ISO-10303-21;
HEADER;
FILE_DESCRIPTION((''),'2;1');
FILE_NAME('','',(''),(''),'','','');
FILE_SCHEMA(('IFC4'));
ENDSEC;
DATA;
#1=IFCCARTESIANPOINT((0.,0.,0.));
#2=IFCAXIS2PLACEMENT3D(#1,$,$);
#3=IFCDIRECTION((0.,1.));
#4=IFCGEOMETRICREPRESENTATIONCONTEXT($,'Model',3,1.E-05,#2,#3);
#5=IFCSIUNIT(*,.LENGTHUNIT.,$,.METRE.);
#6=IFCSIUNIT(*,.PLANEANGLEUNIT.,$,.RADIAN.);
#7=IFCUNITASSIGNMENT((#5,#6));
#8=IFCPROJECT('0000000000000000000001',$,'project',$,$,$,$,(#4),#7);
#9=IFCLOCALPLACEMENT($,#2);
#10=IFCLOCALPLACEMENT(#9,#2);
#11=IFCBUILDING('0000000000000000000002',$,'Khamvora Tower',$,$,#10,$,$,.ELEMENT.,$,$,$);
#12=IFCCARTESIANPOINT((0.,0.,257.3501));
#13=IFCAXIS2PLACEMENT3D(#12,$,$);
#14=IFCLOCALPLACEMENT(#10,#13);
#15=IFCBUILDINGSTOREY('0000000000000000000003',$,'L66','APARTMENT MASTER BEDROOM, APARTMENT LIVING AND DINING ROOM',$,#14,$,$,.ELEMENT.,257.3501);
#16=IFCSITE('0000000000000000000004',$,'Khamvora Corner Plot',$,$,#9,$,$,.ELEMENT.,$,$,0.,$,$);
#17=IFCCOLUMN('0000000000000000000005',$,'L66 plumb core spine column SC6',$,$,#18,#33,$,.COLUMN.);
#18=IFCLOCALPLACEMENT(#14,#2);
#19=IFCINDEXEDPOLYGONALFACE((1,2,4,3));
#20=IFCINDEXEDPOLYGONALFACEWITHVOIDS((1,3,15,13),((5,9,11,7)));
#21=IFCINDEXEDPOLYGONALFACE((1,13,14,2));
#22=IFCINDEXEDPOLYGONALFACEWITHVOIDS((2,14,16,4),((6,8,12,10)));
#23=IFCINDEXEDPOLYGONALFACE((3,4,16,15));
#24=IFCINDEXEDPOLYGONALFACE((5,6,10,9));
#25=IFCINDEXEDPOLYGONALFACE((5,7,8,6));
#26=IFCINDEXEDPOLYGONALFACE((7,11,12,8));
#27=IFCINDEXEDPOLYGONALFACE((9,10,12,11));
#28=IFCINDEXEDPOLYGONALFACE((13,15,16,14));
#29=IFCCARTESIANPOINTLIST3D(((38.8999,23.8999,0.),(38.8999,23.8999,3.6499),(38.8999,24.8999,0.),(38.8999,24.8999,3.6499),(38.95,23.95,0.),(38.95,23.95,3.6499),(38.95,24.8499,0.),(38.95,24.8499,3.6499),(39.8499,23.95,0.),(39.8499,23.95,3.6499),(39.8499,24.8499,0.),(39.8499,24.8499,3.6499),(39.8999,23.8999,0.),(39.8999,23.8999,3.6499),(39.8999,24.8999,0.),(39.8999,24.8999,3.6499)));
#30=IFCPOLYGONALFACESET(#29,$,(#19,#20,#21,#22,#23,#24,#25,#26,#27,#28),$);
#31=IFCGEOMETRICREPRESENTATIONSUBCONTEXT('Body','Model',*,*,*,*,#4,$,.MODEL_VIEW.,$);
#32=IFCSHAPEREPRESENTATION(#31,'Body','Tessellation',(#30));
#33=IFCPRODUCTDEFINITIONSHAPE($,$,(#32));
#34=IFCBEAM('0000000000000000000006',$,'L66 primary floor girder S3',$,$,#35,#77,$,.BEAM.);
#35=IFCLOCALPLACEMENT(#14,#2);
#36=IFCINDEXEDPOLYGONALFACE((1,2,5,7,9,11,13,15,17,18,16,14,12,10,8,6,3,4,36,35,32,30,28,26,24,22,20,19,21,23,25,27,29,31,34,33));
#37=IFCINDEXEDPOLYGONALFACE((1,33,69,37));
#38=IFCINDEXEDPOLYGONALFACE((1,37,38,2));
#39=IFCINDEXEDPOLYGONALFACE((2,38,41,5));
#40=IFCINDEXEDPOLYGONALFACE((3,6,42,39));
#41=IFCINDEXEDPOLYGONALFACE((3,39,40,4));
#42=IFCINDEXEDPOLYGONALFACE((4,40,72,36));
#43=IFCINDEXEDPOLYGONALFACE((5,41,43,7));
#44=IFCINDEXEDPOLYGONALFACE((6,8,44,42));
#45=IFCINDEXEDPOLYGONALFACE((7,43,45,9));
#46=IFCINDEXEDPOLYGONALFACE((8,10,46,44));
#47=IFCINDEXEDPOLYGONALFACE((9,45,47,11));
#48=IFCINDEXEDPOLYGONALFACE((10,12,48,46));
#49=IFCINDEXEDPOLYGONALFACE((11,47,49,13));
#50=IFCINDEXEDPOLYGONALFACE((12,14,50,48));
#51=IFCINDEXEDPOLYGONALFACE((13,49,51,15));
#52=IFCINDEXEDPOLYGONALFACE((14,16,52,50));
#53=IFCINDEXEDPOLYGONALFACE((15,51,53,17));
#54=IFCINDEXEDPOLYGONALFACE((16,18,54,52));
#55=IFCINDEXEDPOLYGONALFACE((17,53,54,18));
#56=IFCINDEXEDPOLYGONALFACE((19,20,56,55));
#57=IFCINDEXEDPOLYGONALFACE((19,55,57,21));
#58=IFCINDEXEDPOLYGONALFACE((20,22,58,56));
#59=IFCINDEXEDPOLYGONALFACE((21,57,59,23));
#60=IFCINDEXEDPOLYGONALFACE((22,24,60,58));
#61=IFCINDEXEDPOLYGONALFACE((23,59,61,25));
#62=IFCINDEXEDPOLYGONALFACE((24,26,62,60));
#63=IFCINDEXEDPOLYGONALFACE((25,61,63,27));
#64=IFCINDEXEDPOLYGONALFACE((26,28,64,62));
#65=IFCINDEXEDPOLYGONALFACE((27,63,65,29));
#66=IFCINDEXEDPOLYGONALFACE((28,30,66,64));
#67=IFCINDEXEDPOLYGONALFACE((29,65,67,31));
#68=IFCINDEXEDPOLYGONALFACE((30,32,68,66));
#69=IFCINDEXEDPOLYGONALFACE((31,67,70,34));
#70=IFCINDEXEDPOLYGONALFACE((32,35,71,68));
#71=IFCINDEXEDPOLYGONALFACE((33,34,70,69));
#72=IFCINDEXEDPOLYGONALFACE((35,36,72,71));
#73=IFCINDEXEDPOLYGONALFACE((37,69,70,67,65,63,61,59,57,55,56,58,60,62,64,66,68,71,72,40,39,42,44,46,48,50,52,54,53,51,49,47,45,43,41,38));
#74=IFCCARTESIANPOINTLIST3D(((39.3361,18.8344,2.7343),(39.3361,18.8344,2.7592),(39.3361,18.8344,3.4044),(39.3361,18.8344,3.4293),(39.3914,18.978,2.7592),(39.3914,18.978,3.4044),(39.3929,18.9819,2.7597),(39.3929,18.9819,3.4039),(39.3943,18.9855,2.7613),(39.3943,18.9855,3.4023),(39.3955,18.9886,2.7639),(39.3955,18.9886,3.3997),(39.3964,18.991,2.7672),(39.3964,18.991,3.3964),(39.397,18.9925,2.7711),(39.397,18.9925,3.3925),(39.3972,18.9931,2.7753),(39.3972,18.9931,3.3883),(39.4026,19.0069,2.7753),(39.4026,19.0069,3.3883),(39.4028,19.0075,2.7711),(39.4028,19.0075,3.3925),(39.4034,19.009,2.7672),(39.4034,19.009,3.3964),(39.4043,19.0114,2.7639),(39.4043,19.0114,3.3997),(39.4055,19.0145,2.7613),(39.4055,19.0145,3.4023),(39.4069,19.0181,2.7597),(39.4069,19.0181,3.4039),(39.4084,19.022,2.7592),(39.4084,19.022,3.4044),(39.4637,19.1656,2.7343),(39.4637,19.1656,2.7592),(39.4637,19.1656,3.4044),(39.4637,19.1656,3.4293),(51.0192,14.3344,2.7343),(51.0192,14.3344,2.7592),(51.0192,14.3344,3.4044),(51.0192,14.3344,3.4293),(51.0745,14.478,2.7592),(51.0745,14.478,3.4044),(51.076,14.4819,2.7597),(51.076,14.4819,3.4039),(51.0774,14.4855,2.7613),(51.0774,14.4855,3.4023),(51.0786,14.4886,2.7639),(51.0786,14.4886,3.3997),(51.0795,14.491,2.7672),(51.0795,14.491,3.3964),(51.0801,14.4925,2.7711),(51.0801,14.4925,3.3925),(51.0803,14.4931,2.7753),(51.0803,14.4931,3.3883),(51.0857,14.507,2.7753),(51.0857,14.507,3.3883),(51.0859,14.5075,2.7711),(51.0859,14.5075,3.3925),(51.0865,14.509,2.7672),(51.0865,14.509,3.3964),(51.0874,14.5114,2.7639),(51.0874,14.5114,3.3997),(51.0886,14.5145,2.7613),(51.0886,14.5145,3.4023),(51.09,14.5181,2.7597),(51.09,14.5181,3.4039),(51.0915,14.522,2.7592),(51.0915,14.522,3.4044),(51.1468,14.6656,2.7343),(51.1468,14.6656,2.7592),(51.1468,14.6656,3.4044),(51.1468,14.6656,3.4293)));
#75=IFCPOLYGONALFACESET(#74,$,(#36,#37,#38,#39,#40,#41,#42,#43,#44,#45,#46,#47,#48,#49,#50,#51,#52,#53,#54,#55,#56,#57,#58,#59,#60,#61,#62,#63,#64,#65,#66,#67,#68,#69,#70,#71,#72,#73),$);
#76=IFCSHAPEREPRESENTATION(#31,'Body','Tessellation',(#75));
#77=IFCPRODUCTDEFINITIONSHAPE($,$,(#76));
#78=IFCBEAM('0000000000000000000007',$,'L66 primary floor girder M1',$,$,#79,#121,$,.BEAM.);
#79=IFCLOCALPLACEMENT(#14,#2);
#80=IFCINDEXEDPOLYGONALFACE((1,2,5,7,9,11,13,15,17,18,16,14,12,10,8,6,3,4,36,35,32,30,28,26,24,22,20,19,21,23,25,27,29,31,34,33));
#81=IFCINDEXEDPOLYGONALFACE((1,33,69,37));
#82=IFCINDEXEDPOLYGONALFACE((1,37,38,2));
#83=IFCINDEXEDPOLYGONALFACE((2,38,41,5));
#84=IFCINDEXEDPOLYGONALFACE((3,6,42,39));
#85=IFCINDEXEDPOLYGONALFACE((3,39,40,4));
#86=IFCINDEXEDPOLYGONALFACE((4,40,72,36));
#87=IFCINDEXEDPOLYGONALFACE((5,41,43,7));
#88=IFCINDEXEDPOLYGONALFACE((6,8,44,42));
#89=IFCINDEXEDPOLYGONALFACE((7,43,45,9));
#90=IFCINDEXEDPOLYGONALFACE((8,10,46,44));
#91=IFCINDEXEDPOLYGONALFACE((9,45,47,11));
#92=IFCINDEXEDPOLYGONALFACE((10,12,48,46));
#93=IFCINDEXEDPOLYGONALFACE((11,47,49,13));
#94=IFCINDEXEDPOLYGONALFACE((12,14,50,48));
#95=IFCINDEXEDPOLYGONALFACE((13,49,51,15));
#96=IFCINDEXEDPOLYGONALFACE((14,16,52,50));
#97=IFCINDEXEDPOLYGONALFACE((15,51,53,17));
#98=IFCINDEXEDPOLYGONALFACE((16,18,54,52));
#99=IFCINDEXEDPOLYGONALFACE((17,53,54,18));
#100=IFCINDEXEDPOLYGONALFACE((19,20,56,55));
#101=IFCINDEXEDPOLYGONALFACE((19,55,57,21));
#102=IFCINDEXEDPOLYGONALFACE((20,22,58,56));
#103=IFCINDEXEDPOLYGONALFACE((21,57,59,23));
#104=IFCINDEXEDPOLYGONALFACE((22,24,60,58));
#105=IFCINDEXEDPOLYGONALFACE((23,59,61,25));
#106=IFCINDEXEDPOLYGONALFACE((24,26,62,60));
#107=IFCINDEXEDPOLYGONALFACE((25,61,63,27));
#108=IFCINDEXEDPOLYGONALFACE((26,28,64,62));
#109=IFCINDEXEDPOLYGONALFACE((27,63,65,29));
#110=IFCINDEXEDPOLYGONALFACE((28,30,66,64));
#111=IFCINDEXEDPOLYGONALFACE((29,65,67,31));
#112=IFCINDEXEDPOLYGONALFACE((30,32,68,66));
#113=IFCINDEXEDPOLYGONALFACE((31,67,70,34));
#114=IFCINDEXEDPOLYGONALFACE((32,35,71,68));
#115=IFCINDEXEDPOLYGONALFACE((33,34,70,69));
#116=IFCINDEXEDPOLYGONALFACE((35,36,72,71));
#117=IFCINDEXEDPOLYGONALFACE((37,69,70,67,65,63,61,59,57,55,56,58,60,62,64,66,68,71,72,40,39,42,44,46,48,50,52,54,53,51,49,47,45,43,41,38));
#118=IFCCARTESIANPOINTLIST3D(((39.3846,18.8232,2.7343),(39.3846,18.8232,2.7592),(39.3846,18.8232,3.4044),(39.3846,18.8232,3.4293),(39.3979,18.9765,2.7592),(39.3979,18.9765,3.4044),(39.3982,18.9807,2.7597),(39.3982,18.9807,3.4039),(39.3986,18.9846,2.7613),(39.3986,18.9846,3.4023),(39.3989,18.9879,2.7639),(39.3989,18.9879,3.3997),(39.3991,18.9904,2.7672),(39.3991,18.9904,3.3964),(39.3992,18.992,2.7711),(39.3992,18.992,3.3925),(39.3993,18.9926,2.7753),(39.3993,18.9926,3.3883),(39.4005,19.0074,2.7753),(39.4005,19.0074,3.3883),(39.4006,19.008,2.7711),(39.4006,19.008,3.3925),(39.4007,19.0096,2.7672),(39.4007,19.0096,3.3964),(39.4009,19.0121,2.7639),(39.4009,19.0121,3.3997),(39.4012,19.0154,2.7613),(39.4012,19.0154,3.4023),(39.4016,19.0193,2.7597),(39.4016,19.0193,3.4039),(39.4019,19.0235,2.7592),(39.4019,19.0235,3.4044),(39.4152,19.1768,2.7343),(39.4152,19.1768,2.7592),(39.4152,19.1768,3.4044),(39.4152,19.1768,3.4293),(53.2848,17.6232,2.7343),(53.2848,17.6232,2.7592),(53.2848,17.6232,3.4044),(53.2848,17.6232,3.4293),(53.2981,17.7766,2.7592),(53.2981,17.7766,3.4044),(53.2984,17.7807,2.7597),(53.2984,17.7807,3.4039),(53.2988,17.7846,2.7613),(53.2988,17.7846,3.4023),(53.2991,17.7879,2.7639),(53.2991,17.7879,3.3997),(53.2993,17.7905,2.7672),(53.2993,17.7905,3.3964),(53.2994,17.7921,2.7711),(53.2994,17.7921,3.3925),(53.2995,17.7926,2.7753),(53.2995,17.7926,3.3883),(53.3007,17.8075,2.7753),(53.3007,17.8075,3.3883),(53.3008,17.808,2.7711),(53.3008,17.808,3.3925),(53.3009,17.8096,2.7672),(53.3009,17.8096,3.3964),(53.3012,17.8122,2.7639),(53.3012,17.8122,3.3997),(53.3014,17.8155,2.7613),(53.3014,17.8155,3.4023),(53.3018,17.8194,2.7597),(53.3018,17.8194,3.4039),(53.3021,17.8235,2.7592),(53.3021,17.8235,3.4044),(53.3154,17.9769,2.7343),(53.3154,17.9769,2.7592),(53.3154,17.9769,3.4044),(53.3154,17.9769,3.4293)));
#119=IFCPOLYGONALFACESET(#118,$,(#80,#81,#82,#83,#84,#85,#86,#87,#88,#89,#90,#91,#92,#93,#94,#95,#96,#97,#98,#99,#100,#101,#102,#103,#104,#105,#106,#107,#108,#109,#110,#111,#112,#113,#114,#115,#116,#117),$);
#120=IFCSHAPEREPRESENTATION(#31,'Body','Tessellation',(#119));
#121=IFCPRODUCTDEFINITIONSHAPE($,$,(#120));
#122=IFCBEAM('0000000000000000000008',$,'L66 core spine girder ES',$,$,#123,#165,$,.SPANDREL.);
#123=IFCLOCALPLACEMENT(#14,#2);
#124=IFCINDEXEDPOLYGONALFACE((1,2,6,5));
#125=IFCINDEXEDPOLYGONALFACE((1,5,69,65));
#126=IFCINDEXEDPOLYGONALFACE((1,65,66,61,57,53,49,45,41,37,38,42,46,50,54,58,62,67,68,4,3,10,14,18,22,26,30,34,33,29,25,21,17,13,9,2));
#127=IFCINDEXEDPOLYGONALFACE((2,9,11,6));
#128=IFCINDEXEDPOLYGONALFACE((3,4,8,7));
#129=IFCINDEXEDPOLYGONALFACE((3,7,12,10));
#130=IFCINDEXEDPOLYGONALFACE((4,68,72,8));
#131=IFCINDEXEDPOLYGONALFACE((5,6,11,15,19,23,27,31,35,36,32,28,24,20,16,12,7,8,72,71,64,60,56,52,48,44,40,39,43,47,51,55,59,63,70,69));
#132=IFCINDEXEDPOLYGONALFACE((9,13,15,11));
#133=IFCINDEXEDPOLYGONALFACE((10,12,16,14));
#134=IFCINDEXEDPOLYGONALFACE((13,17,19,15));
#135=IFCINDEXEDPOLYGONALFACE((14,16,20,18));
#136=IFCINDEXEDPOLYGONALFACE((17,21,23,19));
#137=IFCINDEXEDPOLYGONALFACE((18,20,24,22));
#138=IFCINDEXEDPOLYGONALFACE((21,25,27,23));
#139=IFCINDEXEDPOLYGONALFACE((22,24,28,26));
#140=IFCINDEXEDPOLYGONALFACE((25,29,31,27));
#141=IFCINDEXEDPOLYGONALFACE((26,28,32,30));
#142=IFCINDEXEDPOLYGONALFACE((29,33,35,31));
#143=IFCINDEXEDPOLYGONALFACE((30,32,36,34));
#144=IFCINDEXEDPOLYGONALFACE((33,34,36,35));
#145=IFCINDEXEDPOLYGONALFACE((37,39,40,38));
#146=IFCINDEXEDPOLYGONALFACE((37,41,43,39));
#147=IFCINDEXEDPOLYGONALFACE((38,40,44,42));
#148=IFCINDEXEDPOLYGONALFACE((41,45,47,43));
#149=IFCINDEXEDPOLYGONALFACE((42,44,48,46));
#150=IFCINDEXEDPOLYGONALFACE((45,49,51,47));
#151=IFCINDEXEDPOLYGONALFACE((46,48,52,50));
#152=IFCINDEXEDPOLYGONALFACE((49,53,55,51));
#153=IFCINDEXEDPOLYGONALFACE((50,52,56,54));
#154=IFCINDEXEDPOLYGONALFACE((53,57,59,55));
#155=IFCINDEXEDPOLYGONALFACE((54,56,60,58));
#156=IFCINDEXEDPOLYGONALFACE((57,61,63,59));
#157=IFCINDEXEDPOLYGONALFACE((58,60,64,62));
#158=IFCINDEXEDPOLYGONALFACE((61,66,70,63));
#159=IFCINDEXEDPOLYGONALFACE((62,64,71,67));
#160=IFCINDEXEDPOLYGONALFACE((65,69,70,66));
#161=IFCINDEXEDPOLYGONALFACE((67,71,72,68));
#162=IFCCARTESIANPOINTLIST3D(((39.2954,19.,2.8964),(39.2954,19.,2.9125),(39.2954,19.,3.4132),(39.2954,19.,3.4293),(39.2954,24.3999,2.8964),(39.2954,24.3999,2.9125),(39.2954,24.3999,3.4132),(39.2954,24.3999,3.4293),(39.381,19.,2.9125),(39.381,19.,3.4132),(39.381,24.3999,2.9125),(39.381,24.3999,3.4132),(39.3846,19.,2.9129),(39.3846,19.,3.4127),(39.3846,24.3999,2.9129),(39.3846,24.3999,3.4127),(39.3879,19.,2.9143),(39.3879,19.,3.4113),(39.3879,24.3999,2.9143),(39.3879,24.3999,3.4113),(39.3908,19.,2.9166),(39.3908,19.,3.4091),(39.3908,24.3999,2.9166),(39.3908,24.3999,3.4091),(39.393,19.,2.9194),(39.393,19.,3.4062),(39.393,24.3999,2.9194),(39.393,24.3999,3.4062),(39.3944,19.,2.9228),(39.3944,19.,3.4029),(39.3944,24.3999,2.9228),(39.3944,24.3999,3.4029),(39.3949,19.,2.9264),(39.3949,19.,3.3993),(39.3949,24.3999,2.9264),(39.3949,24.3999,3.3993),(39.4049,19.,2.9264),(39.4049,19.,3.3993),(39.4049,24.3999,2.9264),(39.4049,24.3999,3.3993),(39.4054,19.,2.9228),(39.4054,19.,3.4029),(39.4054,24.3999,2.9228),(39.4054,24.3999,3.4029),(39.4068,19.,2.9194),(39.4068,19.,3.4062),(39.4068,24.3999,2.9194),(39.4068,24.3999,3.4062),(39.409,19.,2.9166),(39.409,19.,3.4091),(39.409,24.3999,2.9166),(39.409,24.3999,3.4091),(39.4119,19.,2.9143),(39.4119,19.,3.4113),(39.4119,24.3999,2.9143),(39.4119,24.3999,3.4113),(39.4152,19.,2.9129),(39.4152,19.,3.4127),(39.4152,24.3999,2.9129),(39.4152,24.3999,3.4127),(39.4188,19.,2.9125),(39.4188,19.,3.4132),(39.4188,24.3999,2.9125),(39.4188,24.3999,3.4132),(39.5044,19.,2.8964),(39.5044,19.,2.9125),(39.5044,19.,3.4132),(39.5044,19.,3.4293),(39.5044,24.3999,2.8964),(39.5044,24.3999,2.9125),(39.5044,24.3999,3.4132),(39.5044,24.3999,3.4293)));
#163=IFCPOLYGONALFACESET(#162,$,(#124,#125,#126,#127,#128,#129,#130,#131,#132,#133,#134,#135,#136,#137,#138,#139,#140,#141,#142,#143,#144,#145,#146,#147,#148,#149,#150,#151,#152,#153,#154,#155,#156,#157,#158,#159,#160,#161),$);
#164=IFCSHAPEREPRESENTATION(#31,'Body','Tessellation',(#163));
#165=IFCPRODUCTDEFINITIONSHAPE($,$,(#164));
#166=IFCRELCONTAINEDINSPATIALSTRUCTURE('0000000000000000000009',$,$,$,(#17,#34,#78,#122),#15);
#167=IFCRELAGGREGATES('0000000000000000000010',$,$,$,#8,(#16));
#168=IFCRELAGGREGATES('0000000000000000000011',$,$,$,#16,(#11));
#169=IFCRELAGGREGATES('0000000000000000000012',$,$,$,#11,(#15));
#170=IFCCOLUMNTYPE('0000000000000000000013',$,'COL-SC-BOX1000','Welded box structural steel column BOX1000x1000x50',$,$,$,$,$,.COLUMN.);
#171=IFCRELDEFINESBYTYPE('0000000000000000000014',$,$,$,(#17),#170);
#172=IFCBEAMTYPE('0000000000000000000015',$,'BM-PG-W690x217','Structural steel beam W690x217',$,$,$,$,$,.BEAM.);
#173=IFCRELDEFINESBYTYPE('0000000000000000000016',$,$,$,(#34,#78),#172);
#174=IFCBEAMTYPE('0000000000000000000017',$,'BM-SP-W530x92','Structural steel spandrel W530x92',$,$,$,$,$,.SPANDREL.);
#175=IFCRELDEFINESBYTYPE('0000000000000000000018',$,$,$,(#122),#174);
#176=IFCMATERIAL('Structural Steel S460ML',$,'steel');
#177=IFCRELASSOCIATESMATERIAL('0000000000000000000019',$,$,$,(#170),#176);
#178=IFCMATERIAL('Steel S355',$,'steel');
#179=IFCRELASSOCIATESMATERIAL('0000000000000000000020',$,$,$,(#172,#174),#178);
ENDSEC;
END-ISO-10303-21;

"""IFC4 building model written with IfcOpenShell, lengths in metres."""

from ifc_helpers import new_model, si_unit, direction, frame, origin, origin_2d, place, context, subcontext, project, spatial, hollow_rectangle, i_section, extrude, material, material_profile, profile_set, type_object, element, save


model = new_model("IFC4")

# Units and contexts
model_context = context("Model", 3, precision=1e-05, world=origin(), true_north=direction((0.0, 1.0)))
body_context = subcontext(model_context, "Body", "Model", "MODEL_VIEW")
ifc_project = project(units=[si_unit("LENGTHUNIT", "METRE"), si_unit("PLANEANGLEUNIT", "RADIAN")], contexts=[model_context])

# Site, building, storey
site_placement = place(None, origin())
site = spatial("IfcSite", under=ifc_project, at=site_placement, Name="Khamvora Corner Plot", CompositionType="ELEMENT", RefElevation=0.0)
building_placement = place(site_placement, origin())
building = spatial("IfcBuilding", under=site, at=building_placement, Name="Khamvora Tower", CompositionType="ELEMENT")
storey_placement = place(building_placement, frame((0.0, 0.0, 257.3501)))
storey = spatial("IfcBuildingStorey", under=building, at=storey_placement, Name="L66", Description="APARTMENT MASTER BEDROOM, APARTMENT LIVING AND DINING ROOM", CompositionType="ELEMENT", Elevation=257.3501)

# Column
ifc_material_1 = material(Name="Structural Steel S460ML", Category="steel")
ifc_material_profile_1 = material_profile(ifc_material_1, hollow_rectangle(XDim=1.0, YDim=1.0, WallThickness=0.05, at=origin_2d()), Name="BOX1000x1000x50")
ifc_profile_set_1 = profile_set([ifc_material_profile_1], Name="Structural Steel S460ML")
column_type = type_object("IfcColumnType", Name="COL-SC-BOX1000", Description="Welded box structural steel column BOX1000x1000x50", PredefinedType="COLUMN", material=ifc_profile_set_1)
column_placement = place(storey_placement, frame((39.3999, 24.3999, 0.0), z_axis=(0.0, 0.0, 1.0), x_axis=(1.0, 0.0, 0.0)))
element("IfcColumn", 1, at=column_placement, inside=storey, type_object=column_type, Name="L66 plumb core spine column SC6", PredefinedType="COLUMN", context=body_context, shape_type="SweptSolid", body=[
    extrude(hollow_rectangle(XDim=1.0, YDim=1.0, WallThickness=0.05, at=origin_2d()), origin(), (0.0, 0.0, 1.0), 3.6499),
])

# Beams
ifc_material_2 = material(Name="Steel S355", Category="steel")
ifc_material_profile_2 = material_profile(ifc_material_2, i_section(OverallWidth=0.355, OverallDepth=0.6951, WebThickness=0.0149, FlangeThickness=0.0249, FilletRadius=0.0161, at=origin_2d()), Name="W690x217")
ifc_profile_set_2 = profile_set([ifc_material_profile_2], Name="Steel S355")
beam_type_1 = type_object("IfcBeamType", Name="BM-PG-W690x217", Description="Structural steel beam W690x217", PredefinedType="BEAM", material=ifc_profile_set_2)
beam_1_placement = place(storey_placement, frame((39.3999, 19.0, 3.0818), z_axis=(0.933172, -0.359431, 0.0), x_axis=(0.359431, 0.933172, 0.0)))
element("IfcBeam", 2, at=beam_1_placement, inside=storey, type_object=beam_type_1, Name="L66 primary floor girder S3", PredefinedType="BEAM", context=body_context, shape_type="SweptSolid", body=[
    extrude(i_section(OverallWidth=0.355, OverallDepth=0.6951, WebThickness=0.0149, FlangeThickness=0.0249, FilletRadius=0.0161, at=origin_2d()), origin(), (0.0, 0.0, 1.0), 12.5198),
])
beam_2_placement = place(storey_placement, frame((39.3999, 19.0, 3.0818), z_axis=(0.996295, -0.086007, 0.0), x_axis=(0.086007, 0.996295, 0.0)))
element("IfcBeam", 3, at=beam_2_placement, inside=storey, type_object=beam_type_1, Name="L66 primary floor girder M1", PredefinedType="BEAM", context=body_context, shape_type="SweptSolid", body=[
    extrude(i_section(OverallWidth=0.355, OverallDepth=0.6951, WebThickness=0.0149, FlangeThickness=0.0249, FilletRadius=0.0161, at=origin_2d()), origin(), (0.0, 0.0, 1.0), 13.9519),
])
ifc_material_profile_3 = material_profile(ifc_material_2, i_section(OverallWidth=0.209, OverallDepth=0.533, WebThickness=0.01, FlangeThickness=0.0161, FilletRadius=0.0139, at=origin_2d()), Name="W530x92")
ifc_profile_set_3 = profile_set([ifc_material_profile_3], Name="Steel S355")
beam_type_2 = type_object("IfcBeamType", Name="BM-SP-W530x92", Description="Structural steel spandrel W530x92", PredefinedType="SPANDREL", material=ifc_profile_set_3)
beam_3_placement = place(storey_placement, frame((39.3999, 19.0, 3.1628), z_axis=(0.0, 1.0, 0.0), x_axis=(-1.0, 0.0, 0.0)))
element("IfcBeam", 4, at=beam_3_placement, inside=storey, type_object=beam_type_2, Name="L66 core spine girder ES", PredefinedType="SPANDREL", context=body_context, shape_type="SweptSolid", body=[
    extrude(i_section(OverallWidth=0.209, OverallDepth=0.533, WebThickness=0.01, FlangeThickness=0.0161, FilletRadius=0.0139, at=origin_2d()), origin(), (0.0, 0.0, 1.0), 5.3999),
])

save(model, "model.ifc")
